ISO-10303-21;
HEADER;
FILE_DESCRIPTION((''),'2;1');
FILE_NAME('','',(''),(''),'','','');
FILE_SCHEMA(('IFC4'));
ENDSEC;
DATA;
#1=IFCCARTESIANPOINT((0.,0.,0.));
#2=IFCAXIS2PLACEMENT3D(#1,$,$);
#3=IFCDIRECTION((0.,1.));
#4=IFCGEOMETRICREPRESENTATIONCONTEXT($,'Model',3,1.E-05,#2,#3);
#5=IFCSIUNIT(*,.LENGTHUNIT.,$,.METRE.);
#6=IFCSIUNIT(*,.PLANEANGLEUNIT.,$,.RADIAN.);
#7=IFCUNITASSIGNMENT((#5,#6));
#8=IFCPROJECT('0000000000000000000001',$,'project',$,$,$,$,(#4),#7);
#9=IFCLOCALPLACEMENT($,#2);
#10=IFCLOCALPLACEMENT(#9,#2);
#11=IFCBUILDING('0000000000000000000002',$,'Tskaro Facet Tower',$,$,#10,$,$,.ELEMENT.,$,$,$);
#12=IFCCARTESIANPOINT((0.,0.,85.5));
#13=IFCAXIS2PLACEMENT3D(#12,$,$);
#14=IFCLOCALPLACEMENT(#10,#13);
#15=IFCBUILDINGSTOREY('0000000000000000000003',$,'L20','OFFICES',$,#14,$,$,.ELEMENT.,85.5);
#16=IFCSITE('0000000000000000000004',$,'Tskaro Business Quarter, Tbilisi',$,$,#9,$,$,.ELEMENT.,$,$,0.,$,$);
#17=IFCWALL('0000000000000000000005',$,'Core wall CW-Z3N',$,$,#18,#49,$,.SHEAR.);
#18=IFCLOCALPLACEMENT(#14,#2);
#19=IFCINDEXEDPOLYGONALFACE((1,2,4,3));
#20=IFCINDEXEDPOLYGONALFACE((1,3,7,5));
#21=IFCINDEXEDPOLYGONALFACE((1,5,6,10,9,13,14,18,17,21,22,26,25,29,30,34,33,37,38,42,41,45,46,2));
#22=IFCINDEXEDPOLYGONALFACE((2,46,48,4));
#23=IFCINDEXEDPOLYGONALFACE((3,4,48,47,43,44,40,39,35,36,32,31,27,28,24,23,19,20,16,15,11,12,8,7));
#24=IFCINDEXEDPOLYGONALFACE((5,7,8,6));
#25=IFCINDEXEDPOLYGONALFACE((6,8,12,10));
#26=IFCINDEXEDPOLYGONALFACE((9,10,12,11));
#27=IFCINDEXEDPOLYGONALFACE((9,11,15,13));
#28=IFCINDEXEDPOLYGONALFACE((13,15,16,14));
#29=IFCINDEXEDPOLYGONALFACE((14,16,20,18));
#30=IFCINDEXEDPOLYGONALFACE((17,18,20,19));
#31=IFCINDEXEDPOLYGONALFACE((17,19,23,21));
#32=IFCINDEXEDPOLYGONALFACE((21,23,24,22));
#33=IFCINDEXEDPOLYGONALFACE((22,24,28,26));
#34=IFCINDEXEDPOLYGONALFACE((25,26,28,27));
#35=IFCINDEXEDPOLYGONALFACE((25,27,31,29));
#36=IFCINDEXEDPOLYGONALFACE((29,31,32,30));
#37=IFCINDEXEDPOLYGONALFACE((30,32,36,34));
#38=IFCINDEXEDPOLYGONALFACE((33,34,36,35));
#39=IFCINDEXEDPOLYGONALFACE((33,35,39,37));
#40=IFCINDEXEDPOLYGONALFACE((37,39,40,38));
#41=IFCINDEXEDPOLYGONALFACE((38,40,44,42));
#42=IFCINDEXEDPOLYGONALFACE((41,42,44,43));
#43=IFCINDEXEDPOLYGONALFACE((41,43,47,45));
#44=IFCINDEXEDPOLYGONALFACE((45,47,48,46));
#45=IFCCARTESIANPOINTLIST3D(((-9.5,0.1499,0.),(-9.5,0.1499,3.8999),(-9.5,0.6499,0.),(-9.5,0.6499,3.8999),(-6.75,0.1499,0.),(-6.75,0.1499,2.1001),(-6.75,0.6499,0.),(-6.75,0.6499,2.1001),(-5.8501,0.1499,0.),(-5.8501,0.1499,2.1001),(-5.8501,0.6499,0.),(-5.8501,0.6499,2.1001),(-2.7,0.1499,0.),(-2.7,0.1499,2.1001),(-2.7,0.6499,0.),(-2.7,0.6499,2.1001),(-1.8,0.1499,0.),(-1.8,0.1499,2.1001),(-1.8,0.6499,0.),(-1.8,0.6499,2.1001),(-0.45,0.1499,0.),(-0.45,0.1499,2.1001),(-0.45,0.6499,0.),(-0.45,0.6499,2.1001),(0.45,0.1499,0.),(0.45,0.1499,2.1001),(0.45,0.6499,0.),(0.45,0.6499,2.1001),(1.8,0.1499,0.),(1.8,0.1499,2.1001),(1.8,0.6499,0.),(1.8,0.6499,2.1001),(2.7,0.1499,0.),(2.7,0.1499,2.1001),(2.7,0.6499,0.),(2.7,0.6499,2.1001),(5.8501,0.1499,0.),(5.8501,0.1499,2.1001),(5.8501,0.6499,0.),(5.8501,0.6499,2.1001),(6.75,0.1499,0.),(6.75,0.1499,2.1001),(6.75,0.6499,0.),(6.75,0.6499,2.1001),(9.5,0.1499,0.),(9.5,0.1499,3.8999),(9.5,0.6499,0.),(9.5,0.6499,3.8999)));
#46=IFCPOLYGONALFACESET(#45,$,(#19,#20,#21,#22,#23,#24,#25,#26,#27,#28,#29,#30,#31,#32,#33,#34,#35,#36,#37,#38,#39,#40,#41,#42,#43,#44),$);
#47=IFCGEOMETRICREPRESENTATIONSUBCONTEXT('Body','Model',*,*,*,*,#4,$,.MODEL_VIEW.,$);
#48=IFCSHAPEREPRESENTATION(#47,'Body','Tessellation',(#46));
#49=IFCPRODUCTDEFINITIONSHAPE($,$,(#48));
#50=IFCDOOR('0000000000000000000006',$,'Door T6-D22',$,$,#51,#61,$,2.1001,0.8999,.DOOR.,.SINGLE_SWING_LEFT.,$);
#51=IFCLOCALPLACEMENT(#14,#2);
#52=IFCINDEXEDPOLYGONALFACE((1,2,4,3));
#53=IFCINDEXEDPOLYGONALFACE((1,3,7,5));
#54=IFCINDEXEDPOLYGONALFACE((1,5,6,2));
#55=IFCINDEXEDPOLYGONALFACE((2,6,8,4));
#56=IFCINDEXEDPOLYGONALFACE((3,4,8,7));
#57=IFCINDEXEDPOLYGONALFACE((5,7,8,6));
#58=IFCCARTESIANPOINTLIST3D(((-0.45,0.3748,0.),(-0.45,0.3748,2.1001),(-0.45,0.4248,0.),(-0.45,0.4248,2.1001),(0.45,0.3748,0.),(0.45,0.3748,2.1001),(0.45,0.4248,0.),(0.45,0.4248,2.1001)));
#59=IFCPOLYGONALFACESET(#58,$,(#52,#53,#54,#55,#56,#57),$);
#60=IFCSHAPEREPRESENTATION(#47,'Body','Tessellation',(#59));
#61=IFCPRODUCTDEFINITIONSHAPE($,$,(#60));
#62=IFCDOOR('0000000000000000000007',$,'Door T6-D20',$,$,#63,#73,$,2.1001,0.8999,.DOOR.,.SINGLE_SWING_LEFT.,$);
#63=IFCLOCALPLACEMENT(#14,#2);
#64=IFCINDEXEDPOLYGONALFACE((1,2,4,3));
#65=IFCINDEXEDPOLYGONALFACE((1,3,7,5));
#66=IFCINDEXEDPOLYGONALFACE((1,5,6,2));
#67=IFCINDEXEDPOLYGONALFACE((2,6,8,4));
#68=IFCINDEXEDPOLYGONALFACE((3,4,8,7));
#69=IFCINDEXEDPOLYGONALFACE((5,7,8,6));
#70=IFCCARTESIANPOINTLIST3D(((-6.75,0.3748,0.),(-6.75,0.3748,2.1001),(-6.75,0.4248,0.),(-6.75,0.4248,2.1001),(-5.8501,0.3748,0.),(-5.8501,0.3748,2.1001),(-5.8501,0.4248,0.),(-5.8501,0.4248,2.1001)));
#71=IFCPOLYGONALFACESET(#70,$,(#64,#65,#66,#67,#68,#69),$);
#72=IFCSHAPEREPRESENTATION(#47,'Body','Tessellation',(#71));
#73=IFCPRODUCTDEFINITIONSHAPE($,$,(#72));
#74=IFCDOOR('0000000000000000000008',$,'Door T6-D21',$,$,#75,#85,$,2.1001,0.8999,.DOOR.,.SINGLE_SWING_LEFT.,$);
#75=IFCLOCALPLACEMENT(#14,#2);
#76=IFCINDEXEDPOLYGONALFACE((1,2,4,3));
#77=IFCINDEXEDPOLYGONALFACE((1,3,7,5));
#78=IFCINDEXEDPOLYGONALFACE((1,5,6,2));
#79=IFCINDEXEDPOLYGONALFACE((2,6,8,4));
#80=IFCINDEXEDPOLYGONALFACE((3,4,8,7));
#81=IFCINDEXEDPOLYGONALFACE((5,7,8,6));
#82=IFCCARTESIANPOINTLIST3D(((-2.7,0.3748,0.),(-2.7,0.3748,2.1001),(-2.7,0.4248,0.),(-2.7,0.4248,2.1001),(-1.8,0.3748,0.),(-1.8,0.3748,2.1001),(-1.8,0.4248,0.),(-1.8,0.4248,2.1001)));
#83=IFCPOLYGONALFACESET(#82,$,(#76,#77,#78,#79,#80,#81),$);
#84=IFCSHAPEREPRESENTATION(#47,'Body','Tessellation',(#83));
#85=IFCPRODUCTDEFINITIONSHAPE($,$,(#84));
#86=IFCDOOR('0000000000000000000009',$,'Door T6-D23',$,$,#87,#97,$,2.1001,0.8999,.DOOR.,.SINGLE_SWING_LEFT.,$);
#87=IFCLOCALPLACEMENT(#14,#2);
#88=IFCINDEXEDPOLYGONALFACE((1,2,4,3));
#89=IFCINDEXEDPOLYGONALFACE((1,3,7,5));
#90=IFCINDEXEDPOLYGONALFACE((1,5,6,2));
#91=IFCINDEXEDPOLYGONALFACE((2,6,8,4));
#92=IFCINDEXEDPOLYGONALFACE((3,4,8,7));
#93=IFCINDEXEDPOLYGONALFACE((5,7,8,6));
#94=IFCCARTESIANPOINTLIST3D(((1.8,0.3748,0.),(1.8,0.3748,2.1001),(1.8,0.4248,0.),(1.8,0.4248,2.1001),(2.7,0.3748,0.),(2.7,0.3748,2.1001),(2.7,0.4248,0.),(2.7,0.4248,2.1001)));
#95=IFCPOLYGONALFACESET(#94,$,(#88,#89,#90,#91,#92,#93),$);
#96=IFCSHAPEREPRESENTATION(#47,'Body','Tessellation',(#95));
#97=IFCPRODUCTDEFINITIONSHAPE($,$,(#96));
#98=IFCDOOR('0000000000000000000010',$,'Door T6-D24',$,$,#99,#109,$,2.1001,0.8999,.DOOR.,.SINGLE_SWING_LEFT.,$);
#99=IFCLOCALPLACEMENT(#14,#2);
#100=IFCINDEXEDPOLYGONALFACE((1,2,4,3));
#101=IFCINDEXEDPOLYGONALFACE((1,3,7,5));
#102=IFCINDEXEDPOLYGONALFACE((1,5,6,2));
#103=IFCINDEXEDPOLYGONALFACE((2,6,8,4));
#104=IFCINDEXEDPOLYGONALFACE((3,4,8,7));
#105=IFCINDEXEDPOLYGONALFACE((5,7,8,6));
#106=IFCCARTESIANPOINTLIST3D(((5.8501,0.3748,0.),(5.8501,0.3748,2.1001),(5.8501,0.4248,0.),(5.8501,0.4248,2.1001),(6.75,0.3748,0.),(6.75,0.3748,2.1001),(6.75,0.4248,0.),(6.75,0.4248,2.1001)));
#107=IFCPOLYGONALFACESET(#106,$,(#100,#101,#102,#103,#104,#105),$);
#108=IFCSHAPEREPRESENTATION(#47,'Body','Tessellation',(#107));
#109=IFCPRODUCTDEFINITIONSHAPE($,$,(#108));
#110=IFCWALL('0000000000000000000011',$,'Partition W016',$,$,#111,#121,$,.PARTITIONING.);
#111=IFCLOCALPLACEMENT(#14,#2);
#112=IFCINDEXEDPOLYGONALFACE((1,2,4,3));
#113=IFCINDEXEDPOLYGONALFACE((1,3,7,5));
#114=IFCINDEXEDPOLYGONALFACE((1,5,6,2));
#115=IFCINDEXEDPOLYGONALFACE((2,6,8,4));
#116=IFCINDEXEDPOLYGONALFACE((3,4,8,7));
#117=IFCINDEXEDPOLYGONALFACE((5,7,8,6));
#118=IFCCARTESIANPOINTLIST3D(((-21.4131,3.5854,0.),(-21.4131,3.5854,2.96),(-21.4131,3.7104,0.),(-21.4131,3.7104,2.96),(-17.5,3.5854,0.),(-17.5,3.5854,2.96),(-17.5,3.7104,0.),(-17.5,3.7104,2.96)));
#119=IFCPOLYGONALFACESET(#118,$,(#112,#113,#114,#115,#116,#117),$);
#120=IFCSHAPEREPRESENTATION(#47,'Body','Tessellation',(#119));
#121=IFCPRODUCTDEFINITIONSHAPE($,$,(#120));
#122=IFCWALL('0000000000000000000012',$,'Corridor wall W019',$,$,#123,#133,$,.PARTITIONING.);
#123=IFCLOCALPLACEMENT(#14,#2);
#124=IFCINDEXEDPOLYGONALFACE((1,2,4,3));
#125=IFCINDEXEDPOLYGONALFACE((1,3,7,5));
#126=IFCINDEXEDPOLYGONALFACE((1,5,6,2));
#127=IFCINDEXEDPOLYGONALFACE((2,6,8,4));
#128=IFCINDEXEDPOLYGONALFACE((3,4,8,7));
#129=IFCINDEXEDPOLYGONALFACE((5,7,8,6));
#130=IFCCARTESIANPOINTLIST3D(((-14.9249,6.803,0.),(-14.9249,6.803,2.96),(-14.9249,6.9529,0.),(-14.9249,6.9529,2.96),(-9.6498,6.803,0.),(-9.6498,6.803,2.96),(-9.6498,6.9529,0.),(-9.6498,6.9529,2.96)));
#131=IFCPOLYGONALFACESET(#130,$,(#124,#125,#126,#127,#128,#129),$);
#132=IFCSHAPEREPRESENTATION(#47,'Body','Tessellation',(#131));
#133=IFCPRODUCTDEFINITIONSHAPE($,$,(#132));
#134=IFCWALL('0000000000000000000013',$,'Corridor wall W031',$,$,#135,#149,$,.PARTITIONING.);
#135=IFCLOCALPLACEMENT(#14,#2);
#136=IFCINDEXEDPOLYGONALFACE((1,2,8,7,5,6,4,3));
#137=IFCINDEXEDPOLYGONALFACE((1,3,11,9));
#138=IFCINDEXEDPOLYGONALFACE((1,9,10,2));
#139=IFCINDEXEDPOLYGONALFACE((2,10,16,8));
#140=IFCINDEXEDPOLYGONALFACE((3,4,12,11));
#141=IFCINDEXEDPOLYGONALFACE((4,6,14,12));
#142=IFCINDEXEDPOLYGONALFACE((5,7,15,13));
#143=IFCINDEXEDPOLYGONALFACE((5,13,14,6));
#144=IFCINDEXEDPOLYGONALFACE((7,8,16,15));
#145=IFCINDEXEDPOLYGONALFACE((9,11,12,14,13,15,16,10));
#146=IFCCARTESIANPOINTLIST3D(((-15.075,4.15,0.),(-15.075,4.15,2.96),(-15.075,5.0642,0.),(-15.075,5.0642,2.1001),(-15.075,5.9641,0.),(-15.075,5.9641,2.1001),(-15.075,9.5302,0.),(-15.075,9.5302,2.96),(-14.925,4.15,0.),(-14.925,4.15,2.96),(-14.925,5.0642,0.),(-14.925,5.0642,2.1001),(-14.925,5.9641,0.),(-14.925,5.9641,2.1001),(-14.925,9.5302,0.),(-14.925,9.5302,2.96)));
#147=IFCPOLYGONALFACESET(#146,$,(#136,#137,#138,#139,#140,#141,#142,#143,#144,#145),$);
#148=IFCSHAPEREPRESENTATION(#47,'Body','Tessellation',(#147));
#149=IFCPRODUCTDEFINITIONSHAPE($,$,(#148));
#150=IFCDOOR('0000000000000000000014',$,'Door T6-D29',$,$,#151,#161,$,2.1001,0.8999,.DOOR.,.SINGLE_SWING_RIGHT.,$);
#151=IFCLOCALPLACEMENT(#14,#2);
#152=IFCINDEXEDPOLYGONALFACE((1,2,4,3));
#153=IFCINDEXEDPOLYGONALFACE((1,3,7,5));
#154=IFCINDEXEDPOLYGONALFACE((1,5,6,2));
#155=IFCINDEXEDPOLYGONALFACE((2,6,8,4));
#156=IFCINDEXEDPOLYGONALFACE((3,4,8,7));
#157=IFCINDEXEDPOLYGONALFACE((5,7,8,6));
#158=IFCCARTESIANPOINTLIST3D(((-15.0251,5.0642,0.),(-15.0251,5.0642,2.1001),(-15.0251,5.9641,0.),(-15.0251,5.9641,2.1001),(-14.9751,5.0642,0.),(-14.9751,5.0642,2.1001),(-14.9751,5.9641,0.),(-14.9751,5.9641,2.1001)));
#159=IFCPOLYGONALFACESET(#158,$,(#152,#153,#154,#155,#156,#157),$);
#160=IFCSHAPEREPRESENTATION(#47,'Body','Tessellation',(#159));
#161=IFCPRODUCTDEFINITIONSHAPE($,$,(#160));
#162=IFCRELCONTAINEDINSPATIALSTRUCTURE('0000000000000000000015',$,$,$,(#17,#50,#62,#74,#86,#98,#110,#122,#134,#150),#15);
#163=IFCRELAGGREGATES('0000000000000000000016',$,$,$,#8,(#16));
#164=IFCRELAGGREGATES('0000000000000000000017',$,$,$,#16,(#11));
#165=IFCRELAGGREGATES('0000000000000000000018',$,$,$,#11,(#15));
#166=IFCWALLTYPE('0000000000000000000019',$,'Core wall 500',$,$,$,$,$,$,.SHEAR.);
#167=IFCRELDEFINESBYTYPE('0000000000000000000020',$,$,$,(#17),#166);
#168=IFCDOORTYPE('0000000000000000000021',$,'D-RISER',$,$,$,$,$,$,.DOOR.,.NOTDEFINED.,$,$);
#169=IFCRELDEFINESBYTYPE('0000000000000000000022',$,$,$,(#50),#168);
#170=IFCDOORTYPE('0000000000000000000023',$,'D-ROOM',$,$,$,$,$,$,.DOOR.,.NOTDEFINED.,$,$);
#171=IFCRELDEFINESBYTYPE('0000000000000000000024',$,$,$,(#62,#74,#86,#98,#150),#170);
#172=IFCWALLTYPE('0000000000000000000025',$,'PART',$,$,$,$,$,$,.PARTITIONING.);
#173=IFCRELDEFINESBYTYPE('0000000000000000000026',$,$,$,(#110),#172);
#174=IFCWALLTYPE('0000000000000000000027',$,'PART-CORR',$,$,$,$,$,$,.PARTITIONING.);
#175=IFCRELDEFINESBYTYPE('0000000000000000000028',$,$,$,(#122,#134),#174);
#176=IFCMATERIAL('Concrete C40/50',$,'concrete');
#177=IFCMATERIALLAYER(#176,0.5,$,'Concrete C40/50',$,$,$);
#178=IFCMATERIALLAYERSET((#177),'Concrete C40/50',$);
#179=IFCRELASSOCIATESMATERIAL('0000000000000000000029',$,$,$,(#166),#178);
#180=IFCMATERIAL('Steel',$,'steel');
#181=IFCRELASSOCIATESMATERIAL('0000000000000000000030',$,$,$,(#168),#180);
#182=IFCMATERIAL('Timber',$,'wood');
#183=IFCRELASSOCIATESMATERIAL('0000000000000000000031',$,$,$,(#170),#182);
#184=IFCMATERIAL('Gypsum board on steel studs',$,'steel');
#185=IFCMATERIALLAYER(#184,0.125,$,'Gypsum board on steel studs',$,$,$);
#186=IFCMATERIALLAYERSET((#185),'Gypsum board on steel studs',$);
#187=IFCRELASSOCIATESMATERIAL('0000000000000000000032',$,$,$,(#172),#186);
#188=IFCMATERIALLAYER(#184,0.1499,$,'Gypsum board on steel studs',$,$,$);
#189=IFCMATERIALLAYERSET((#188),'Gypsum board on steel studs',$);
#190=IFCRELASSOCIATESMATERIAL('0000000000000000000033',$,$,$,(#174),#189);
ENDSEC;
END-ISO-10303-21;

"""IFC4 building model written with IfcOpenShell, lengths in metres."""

from ifc_helpers import new_model, si_unit, direction, frame, frame_2d, origin, place, context, subcontext, project, spatial, rectangle, extrude, material, layer, layer_set, type_object, element, fill, save


model = new_model("IFC4")

# Units and contexts
model_context = context("Model", 3, precision=1e-05, world=origin(), true_north=direction((0.0, 1.0)))
body_context = subcontext(model_context, "Body", "Model", "MODEL_VIEW")
ifc_project = project(units=[si_unit("LENGTHUNIT", "METRE"), si_unit("PLANEANGLEUNIT", "RADIAN")], contexts=[model_context])

# Site, building, storey
site_placement = place(None, origin())
site = spatial("IfcSite", under=ifc_project, at=site_placement, Name="Tskaro Business Quarter, Tbilisi", CompositionType="ELEMENT", RefElevation=0.0)
building_placement = place(site_placement, origin())
building = spatial("IfcBuilding", under=site, at=building_placement, Name="Tskaro Facet Tower", CompositionType="ELEMENT")
storey_placement = place(building_placement, frame((0.0, 0.0, 85.5)))
storey = spatial("IfcBuildingStorey", under=building, at=storey_placement, Name="L20", Description="OFFICES", CompositionType="ELEMENT", Elevation=85.5)

# Wall, openings, doors
ifc_material_1 = material(Name="Concrete C40/50", Category="concrete")
ifc_layer_1 = layer(ifc_material_1, 0.5, Name="Concrete C40/50")
ifc_layer_set_1 = layer_set([ifc_layer_1], Name="Concrete C40/50")
wall_type_1 = type_object("IfcWallType", Name="Core wall 500", PredefinedType="SHEAR", material=ifc_layer_set_1)
wall_1_placement = place(storey_placement, frame((-9.5, 0.3999, 0.0), z_axis=(0.0, 0.0, 1.0), x_axis=(1.0, 0.0, 0.0)))
wall_1 = element("IfcWall", 1, at=wall_1_placement, inside=storey, type_object=wall_type_1, Name="Core wall CW-Z3N", PredefinedType="SHEAR", context=body_context, shape_type="SweptSolid", body=[
    extrude(rectangle(XDim=19.0, YDim=0.5, at=frame_2d((9.5, 0.0))), origin(), (0.0, 0.0, 1.0), 3.8999),
])
opening_1_placement = place(wall_1_placement, frame((2.75, 0.0, 0.0)))
opening_1 = element("IfcOpeningElement", 2, at=opening_1_placement, cuts=wall_1, PredefinedType="OPENING", context=body_context, shape_type="SweptSolid", body=[
    extrude(rectangle(XDim=0.8999, YDim=2.1001, at=frame_2d((0.45, 1.05))), frame((0.0, 0.26, 0.0), z_axis=(0.0, -1.0, 0.0), x_axis=(1.0, 0.0, 0.0)), (0.0, 0.0, 1.0), 0.52),
])
opening_2_placement = place(wall_1_placement, frame((6.8, 0.0, 0.0)))
opening_2 = element("IfcOpeningElement", 3, at=opening_2_placement, cuts=wall_1, PredefinedType="OPENING", context=body_context, shape_type="SweptSolid", body=[
    extrude(rectangle(XDim=0.8999, YDim=2.1001, at=frame_2d((0.45, 1.05))), frame((0.0, 0.26, 0.0), z_axis=(0.0, -1.0, 0.0), x_axis=(1.0, 0.0, 0.0)), (0.0, 0.0, 1.0), 0.52),
])
opening_3_placement = place(wall_1_placement, frame((11.3, 0.0, 0.0)))
opening_3 = element("IfcOpeningElement", 4, at=opening_3_placement, cuts=wall_1, PredefinedType="OPENING", context=body_context, shape_type="SweptSolid", body=[
    extrude(rectangle(XDim=0.8999, YDim=2.1001, at=frame_2d((0.45, 1.05))), frame((0.0, 0.26, 0.0), z_axis=(0.0, -1.0, 0.0), x_axis=(1.0, 0.0, 0.0)), (0.0, 0.0, 1.0), 0.52),
])
opening_4_placement = place(wall_1_placement, frame((15.3501, 0.0, 0.0)))
opening_4 = element("IfcOpeningElement", 5, at=opening_4_placement, cuts=wall_1, PredefinedType="OPENING", context=body_context, shape_type="SweptSolid", body=[
    extrude(rectangle(XDim=0.8999, YDim=2.1001, at=frame_2d((0.45, 1.05))), frame((0.0, 0.26, 0.0), z_axis=(0.0, -1.0, 0.0), x_axis=(1.0, 0.0, 0.0)), (0.0, 0.0, 1.0), 0.52),
])
opening_5_placement = place(wall_1_placement, frame((9.05, 0.0, 0.0)))
opening_5 = element("IfcOpeningElement", 6, at=opening_5_placement, cuts=wall_1, PredefinedType="OPENING", context=body_context, shape_type="SweptSolid", body=[
    extrude(rectangle(XDim=0.8999, YDim=2.1001, at=frame_2d((0.45, 1.05))), frame((0.0, 0.26, 0.0), z_axis=(0.0, -1.0, 0.0), x_axis=(1.0, 0.0, 0.0)), (0.0, 0.0, 1.0), 0.52),
])
ifc_material_2 = material(Name="Steel", Category="steel")
door_type_1 = type_object("IfcDoorType", Name="D-RISER", OperationType="NOTDEFINED", PredefinedType="DOOR", material=ifc_material_2)
door_1_placement = place(opening_5_placement, origin())
door_1 = element("IfcDoor", 7, at=door_1_placement, inside=storey, type_object=door_type_1, Name="Door T6-D22", OperationType="SINGLE_SWING_LEFT", OverallHeight=2.1001, OverallWidth=0.8999, PredefinedType="DOOR", context=body_context, shape_type="SweptSolid", body=[
    extrude(rectangle(XDim=0.8999, YDim=2.1001, at=frame_2d((0.45, 1.05))), frame((0.0, 0.0249, 0.0), z_axis=(0.0, -1.0, 0.0), x_axis=(1.0, 0.0, 0.0)), (0.0, 0.0, 1.0), 0.05),
])
fill(opening_5, door_1)
ifc_material_3 = material(Name="Timber", Category="wood")
door_type_2 = type_object("IfcDoorType", Name="D-ROOM", OperationType="NOTDEFINED", PredefinedType="DOOR", material=ifc_material_3)
door_2_placement = place(opening_1_placement, origin())
door_2 = element("IfcDoor", 8, at=door_2_placement, inside=storey, type_object=door_type_2, Name="Door T6-D20", OperationType="SINGLE_SWING_LEFT", OverallHeight=2.1001, OverallWidth=0.8999, PredefinedType="DOOR", context=body_context, shape_type="SweptSolid", body=[
    extrude(rectangle(XDim=0.8999, YDim=2.1001, at=frame_2d((0.45, 1.05))), frame((0.0, 0.0249, 0.0), z_axis=(0.0, -1.0, 0.0), x_axis=(1.0, 0.0, 0.0)), (0.0, 0.0, 1.0), 0.05),
])
fill(opening_1, door_2)
door_3_placement = place(opening_2_placement, origin())
door_3 = element("IfcDoor", 9, at=door_3_placement, inside=storey, type_object=door_type_2, Name="Door T6-D21", OperationType="SINGLE_SWING_LEFT", OverallHeight=2.1001, OverallWidth=0.8999, PredefinedType="DOOR", context=body_context, shape_type="SweptSolid", body=[
    extrude(rectangle(XDim=0.8999, YDim=2.1001, at=frame_2d((0.45, 1.05))), frame((0.0, 0.0249, 0.0), z_axis=(0.0, -1.0, 0.0), x_axis=(1.0, 0.0, 0.0)), (0.0, 0.0, 1.0), 0.05),
])
fill(opening_2, door_3)
door_4_placement = place(opening_3_placement, origin())
door_4 = element("IfcDoor", 10, at=door_4_placement, inside=storey, type_object=door_type_2, Name="Door T6-D23", OperationType="SINGLE_SWING_LEFT", OverallHeight=2.1001, OverallWidth=0.8999, PredefinedType="DOOR", context=body_context, shape_type="SweptSolid", body=[
    extrude(rectangle(XDim=0.8999, YDim=2.1001, at=frame_2d((0.45, 1.05))), frame((0.0, 0.0249, 0.0), z_axis=(0.0, -1.0, 0.0), x_axis=(1.0, 0.0, 0.0)), (0.0, 0.0, 1.0), 0.05),
])
fill(opening_3, door_4)
door_5_placement = place(opening_4_placement, origin())
door_5 = element("IfcDoor", 11, at=door_5_placement, inside=storey, type_object=door_type_2, Name="Door T6-D24", OperationType="SINGLE_SWING_LEFT", OverallHeight=2.1001, OverallWidth=0.8999, PredefinedType="DOOR", context=body_context, shape_type="SweptSolid", body=[
    extrude(rectangle(XDim=0.8999, YDim=2.1001, at=frame_2d((0.45, 1.05))), frame((0.0, 0.0249, 0.0), z_axis=(0.0, -1.0, 0.0), x_axis=(1.0, 0.0, 0.0)), (0.0, 0.0, 1.0), 0.05),
])
fill(opening_4, door_5)

# Walls
ifc_material_4 = material(Name="Gypsum board on steel studs", Category="steel")
ifc_layer_2 = layer(ifc_material_4, 0.125, Name="Gypsum board on steel studs")
ifc_layer_set_2 = layer_set([ifc_layer_2], Name="Gypsum board on steel studs")
wall_type_2 = type_object("IfcWallType", Name="PART", PredefinedType="PARTITIONING", material=ifc_layer_set_2)
wall_2_placement = place(storey_placement, frame((-21.4131, 3.6479, 0.0), z_axis=(0.0, 0.0, 1.0), x_axis=(1.0, 0.0, 0.0)))
element("IfcWall", 12, at=wall_2_placement, inside=storey, type_object=wall_type_2, Name="Partition W016", PredefinedType="PARTITIONING", context=body_context, shape_type="SweptSolid", body=[
    extrude(rectangle(XDim=3.9131, YDim=0.125, at=frame_2d((1.9565, 0.0))), origin(), (0.0, 0.0, 1.0), 2.96),
])
ifc_layer_3 = layer(ifc_material_4, 0.1499, Name="Gypsum board on steel studs")
ifc_layer_set_3 = layer_set([ifc_layer_3], Name="Gypsum board on steel studs")
wall_type_3 = type_object("IfcWallType", Name="PART-CORR", PredefinedType="PARTITIONING", material=ifc_layer_set_3)
wall_3_placement = place(storey_placement, frame((-14.925, 6.8779, 0.0), z_axis=(0.0, 0.0, 1.0), x_axis=(1.0, 0.0, 0.0)))
element("IfcWall", 13, at=wall_3_placement, inside=storey, type_object=wall_type_3, Name="Corridor wall W019", PredefinedType="PARTITIONING", context=body_context, shape_type="SweptSolid", body=[
    extrude(rectangle(XDim=5.2751, YDim=0.1499, at=frame_2d((2.6377, 0.0))), origin(), (0.0, 0.0, 1.0), 2.96),
])

# Wall, opening, door
wall_4_placement = place(storey_placement, frame((-15.0, 9.53, 0.0), z_axis=(0.0, 0.0, 1.0), x_axis=(0.0, -1.0, 0.0)))
wall_4 = element("IfcWall", 14, at=wall_4_placement, inside=storey, type_object=wall_type_3, Name="Corridor wall W031", PredefinedType="PARTITIONING", context=body_context, shape_type="SweptSolid", body=[
    extrude(rectangle(XDim=5.3801, YDim=0.1499, at=frame_2d((2.6899, 0.0))), origin(), (0.0, 0.0, 1.0), 2.96),
])
opening_6_placement = place(wall_4_placement, frame((3.5659, 0.0, 0.0)))
opening_6 = element("IfcOpeningElement", 15, at=opening_6_placement, cuts=wall_4, PredefinedType="OPENING", context=body_context, shape_type="SweptSolid", body=[
    extrude(rectangle(XDim=0.8999, YDim=2.1001, at=frame_2d((0.45, 1.05))), frame((0.0, 0.085, 0.0), z_axis=(0.0, -1.0, 0.0), x_axis=(1.0, 0.0, 0.0)), (0.0, 0.0, 1.0), 0.1699),
])
door_6_placement = place(opening_6_placement, origin())
door_6 = element("IfcDoor", 16, at=door_6_placement, inside=storey, type_object=door_type_2, Name="Door T6-D29", OperationType="SINGLE_SWING_RIGHT", OverallHeight=2.1001, OverallWidth=0.8999, PredefinedType="DOOR", context=body_context, shape_type="SweptSolid", body=[
    extrude(rectangle(XDim=0.8999, YDim=2.1001, at=frame_2d((0.45, 1.05))), frame((0.0, 0.0249, 0.0), z_axis=(0.0, -1.0, 0.0), x_axis=(1.0, 0.0, 0.0)), (0.0, 0.0, 1.0), 0.05),
])
fill(opening_6, door_6)

save(model, "model.ifc")
